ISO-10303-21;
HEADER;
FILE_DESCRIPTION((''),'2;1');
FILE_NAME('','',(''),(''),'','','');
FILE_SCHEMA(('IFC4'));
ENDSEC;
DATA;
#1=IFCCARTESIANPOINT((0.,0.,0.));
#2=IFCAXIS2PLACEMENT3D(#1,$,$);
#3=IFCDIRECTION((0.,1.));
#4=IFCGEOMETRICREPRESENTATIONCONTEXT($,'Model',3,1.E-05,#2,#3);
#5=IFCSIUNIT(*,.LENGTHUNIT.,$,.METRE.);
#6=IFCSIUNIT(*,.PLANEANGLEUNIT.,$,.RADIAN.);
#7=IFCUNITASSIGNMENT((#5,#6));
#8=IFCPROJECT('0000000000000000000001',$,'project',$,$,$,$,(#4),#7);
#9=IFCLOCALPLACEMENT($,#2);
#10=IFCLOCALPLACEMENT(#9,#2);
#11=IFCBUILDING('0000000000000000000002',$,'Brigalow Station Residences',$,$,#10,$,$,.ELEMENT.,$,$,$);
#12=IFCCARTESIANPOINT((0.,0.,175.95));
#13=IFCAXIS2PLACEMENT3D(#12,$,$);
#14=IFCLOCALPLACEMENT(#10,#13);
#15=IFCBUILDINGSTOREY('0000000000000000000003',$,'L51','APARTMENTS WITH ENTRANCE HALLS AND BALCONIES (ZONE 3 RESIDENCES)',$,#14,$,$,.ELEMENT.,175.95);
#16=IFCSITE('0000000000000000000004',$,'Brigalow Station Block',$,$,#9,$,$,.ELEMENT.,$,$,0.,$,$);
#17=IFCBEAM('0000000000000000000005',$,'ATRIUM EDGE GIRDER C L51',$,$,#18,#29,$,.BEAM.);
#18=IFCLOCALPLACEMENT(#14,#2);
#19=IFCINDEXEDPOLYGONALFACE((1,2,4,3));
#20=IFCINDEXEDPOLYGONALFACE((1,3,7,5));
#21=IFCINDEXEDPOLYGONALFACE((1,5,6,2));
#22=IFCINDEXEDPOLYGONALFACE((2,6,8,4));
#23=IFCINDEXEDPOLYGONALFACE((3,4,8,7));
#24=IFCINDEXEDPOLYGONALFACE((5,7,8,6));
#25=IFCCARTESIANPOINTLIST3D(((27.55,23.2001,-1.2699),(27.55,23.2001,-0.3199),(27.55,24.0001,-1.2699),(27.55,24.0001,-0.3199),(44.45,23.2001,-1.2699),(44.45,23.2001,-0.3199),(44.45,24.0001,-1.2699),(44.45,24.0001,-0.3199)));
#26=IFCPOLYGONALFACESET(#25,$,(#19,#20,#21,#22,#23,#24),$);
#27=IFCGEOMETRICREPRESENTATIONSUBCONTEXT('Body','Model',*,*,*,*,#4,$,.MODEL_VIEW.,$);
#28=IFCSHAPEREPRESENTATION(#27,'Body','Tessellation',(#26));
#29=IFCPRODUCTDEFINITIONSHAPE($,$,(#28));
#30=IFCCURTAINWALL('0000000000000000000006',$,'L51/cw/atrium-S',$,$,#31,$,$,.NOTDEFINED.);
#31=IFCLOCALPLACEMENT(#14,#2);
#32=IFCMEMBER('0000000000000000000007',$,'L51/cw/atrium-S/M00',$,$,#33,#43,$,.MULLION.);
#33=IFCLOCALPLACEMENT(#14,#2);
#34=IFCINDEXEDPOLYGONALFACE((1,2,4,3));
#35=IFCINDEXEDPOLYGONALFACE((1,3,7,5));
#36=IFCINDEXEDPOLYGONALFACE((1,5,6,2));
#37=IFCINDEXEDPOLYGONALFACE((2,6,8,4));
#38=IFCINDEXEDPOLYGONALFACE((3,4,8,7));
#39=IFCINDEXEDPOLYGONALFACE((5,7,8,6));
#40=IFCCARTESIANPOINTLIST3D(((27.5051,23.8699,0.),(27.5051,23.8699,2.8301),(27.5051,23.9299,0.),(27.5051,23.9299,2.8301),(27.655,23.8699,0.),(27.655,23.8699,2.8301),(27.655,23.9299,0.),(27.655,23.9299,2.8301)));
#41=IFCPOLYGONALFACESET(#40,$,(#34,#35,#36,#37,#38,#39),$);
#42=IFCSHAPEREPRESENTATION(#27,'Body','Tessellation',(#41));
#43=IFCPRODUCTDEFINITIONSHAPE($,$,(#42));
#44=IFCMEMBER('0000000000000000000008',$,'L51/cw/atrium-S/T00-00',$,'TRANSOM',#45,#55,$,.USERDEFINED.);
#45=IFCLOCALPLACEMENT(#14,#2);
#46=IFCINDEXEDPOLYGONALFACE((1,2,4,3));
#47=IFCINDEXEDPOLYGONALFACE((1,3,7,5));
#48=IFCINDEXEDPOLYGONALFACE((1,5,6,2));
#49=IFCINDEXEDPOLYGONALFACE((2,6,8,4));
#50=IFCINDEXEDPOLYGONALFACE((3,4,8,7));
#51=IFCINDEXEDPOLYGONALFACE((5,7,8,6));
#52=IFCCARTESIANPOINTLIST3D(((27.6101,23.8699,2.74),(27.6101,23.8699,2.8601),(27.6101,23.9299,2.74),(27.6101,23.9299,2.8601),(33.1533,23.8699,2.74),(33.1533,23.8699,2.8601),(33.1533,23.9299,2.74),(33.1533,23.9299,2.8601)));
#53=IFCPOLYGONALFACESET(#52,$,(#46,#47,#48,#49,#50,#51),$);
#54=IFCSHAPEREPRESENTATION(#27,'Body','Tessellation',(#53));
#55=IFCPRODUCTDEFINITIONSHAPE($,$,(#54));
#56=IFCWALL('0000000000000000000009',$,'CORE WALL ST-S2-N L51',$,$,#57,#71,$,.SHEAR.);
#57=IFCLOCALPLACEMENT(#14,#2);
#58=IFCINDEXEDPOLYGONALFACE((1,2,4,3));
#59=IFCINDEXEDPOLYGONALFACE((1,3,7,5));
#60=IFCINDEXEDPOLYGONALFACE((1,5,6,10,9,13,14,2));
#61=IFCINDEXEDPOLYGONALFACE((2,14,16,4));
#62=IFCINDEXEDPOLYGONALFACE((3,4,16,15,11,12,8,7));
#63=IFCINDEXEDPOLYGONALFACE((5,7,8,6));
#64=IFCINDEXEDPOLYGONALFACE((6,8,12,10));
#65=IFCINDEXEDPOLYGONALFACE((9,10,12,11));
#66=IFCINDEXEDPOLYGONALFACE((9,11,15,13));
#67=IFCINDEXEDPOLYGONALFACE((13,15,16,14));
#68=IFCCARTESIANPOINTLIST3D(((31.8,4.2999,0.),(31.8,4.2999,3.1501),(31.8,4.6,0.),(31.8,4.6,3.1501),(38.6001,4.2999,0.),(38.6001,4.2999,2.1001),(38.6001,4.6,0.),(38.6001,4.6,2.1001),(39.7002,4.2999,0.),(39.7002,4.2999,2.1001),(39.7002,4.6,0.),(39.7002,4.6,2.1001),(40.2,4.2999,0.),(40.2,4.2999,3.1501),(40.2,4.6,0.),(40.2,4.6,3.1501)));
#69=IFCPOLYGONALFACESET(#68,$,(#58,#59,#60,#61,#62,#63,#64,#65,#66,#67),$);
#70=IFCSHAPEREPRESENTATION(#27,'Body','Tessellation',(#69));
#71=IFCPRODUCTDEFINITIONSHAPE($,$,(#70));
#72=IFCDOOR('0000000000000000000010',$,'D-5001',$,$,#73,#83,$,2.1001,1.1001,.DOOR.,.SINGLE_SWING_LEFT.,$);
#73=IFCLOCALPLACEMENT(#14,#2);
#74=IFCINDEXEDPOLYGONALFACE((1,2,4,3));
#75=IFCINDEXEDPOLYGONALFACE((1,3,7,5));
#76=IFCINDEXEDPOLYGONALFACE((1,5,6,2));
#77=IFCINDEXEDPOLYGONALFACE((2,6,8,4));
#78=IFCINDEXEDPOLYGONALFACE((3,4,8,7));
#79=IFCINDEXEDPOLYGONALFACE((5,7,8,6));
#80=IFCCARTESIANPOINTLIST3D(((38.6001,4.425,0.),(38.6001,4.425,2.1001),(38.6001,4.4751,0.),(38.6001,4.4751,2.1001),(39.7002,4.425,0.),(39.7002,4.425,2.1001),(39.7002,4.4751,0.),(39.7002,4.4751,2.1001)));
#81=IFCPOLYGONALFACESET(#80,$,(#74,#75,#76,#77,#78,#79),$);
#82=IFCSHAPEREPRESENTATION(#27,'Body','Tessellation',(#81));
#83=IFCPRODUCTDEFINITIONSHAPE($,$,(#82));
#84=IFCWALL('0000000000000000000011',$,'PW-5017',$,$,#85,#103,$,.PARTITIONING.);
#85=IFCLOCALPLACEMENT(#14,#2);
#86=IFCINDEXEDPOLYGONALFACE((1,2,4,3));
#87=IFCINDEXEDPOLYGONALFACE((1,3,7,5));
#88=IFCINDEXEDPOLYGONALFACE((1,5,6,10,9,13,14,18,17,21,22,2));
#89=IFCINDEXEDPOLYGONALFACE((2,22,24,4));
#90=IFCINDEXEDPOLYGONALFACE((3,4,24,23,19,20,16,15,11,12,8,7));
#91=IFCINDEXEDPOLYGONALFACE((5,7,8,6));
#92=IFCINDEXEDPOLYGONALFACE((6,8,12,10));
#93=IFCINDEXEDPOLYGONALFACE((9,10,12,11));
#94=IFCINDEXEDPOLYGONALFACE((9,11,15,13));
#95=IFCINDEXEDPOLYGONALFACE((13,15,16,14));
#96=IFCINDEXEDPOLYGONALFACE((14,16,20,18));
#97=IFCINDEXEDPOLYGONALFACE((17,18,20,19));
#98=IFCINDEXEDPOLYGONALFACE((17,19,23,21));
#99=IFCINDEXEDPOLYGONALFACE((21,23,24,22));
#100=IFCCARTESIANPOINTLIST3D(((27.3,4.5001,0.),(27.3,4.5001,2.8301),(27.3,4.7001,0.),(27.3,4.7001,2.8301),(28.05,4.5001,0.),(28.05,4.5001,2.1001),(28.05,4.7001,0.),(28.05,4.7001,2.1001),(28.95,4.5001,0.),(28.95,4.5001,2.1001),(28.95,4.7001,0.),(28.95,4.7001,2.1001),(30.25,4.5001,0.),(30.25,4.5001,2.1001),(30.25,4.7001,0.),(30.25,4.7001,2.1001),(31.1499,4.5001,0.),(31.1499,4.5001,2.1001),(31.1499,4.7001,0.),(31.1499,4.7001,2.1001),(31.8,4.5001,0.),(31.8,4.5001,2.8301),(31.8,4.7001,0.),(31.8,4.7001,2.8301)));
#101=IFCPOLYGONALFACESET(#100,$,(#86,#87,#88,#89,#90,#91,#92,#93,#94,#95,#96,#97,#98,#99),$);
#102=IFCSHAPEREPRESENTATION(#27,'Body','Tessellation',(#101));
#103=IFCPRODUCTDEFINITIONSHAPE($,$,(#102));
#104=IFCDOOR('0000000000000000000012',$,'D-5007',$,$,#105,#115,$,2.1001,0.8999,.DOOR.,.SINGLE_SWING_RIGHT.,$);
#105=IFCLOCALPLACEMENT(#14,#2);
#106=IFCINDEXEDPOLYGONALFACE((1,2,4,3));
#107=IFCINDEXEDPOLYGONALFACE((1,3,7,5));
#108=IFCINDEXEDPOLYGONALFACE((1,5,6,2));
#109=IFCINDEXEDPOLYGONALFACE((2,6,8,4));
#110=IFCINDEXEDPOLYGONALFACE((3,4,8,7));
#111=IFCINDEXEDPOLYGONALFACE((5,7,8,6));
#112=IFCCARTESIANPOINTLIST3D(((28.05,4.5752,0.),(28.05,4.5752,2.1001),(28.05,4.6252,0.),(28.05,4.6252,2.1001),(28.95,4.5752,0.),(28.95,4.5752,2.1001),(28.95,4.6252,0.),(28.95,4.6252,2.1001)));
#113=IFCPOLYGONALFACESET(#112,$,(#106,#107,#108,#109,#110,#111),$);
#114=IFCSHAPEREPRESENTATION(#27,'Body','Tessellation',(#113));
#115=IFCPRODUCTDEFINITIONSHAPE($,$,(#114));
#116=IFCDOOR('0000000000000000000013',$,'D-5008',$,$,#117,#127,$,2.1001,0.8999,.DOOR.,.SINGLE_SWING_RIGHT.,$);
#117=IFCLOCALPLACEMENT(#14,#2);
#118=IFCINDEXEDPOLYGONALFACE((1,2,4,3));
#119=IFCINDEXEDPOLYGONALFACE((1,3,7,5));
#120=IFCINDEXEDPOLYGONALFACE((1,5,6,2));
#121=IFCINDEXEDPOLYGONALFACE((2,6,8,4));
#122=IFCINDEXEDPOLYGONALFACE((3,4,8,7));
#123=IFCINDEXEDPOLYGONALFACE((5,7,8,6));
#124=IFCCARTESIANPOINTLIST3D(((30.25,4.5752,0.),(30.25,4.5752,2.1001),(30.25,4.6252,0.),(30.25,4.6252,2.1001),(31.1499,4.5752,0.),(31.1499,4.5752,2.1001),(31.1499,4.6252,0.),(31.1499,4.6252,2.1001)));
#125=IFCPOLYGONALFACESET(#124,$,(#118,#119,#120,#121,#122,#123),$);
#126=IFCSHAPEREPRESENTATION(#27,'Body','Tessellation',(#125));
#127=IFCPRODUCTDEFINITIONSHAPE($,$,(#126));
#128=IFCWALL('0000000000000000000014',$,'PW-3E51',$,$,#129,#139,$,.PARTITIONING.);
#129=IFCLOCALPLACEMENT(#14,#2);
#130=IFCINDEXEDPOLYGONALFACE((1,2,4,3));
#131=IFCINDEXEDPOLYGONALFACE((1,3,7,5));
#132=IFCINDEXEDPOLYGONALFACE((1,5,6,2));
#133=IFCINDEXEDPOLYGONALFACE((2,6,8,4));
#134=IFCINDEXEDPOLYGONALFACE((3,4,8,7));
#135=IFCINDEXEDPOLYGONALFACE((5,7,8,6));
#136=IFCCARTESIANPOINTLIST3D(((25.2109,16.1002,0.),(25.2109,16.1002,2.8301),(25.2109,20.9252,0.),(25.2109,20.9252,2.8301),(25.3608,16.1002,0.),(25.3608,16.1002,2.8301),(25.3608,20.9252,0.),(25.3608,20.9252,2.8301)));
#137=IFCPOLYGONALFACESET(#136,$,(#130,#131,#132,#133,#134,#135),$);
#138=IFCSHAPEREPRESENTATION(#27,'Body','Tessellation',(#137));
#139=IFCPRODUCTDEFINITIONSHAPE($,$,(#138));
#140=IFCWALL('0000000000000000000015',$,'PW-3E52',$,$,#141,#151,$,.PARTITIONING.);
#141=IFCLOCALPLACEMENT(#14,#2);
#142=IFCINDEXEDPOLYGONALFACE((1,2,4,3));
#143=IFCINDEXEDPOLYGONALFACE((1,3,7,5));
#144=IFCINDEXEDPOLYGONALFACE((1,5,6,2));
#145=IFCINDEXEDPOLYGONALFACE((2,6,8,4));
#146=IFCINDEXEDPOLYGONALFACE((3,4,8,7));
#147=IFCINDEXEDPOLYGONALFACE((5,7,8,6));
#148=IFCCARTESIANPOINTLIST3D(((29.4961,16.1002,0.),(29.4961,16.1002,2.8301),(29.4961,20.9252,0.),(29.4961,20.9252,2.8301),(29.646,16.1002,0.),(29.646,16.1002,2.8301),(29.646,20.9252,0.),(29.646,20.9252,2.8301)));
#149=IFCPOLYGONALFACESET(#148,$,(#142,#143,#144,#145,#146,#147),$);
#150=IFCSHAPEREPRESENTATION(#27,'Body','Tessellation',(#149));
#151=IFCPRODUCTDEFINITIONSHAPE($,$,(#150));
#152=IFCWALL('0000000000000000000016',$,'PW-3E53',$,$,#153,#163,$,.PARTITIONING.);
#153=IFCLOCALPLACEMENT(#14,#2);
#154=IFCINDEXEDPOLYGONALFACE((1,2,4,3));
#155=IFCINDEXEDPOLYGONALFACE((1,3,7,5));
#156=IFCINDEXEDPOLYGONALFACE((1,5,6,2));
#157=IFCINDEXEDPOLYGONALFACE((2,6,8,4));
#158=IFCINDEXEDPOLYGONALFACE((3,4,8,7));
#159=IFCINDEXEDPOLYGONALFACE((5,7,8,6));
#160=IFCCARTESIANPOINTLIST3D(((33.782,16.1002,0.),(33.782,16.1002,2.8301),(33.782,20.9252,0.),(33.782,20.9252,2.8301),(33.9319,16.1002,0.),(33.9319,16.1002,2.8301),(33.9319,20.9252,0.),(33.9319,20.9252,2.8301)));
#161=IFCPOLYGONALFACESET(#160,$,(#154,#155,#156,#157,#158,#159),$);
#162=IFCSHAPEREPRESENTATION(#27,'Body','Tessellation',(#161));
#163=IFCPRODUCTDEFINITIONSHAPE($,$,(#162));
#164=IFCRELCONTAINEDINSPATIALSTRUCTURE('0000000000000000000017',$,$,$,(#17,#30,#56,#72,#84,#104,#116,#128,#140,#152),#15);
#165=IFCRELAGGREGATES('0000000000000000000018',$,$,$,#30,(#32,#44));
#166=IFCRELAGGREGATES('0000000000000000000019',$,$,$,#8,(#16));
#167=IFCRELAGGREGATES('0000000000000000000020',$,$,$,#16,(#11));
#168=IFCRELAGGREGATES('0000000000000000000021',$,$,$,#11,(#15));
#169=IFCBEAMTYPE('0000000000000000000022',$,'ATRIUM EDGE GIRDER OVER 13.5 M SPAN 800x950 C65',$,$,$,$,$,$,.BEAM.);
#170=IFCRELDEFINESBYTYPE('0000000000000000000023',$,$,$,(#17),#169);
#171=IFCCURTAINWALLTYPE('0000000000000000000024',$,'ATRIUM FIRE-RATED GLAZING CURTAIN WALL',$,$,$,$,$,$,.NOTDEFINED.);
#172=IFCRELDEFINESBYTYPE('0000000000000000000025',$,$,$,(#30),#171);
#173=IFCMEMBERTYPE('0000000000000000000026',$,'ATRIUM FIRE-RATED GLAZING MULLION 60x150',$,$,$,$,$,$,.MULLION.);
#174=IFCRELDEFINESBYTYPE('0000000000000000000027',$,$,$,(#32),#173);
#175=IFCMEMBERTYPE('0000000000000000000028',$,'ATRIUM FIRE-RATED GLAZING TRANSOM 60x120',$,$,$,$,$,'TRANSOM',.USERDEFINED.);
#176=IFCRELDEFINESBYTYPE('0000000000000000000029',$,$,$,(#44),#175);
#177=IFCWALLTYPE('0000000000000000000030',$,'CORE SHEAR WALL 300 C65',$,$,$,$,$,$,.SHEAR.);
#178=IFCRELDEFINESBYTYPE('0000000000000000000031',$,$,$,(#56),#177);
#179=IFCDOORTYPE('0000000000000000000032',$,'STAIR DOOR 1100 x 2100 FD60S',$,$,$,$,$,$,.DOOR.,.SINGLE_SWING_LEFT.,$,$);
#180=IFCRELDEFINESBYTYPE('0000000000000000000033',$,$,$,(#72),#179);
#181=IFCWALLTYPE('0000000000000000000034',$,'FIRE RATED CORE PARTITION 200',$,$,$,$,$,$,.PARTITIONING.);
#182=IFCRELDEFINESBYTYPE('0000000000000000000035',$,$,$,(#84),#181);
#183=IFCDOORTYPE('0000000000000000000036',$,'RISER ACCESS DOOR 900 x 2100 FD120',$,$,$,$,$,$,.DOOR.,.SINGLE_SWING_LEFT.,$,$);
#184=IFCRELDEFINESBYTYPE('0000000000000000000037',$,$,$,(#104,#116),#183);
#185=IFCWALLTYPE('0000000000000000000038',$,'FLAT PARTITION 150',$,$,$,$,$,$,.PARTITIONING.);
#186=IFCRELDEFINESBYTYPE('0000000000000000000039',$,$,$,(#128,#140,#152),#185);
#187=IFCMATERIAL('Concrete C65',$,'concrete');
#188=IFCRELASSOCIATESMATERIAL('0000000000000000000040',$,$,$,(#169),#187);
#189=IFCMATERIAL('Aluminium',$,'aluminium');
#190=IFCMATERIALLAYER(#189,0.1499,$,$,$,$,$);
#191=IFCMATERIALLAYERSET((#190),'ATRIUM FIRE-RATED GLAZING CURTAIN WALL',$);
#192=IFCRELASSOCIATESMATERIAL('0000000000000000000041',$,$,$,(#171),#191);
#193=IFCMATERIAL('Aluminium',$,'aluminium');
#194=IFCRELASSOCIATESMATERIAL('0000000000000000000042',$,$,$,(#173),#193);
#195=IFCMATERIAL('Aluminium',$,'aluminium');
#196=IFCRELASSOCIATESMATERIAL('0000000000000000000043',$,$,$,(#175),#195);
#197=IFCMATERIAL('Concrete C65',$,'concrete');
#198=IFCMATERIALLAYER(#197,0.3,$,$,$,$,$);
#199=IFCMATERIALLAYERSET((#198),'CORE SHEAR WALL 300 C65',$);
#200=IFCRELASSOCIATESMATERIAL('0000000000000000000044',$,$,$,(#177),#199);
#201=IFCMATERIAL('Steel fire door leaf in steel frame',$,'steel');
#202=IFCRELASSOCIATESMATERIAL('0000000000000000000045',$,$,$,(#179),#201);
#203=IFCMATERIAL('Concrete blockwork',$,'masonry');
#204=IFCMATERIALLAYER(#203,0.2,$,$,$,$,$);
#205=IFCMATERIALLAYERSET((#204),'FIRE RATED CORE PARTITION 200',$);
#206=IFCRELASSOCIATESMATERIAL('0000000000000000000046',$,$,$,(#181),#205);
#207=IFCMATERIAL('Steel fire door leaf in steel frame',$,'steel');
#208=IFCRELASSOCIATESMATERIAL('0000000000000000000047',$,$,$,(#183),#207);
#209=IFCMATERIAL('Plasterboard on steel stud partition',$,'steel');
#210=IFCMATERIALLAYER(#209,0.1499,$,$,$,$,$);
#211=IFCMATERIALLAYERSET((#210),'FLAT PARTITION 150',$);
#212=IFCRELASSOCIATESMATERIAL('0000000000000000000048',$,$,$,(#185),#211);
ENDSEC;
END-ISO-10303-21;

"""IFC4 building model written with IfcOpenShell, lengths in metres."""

from ifc_helpers import new_model, si_unit, direction, frame, frame_2d, origin, origin_2d, place, context, subcontext, project, spatial, rectangle, extrude, material, layer, layer_set, material_profile, profile_set, type_object, element, fill, aggregate, save


model = new_model("IFC4")

# Units and contexts
model_context = context("Model", 3, precision=1e-05, world=origin(), true_north=direction((0.0, 1.0)))
body_context = subcontext(model_context, "Body", "Model", "MODEL_VIEW")
ifc_project = project(units=[si_unit("LENGTHUNIT", "METRE"), si_unit("PLANEANGLEUNIT", "RADIAN")], contexts=[model_context])

# Site, building, storey
site_placement = place(None, origin())
site = spatial("IfcSite", under=ifc_project, at=site_placement, Name="Brigalow Station Block", CompositionType="ELEMENT", RefElevation=0.0)
building_placement = place(site_placement, origin())
building = spatial("IfcBuilding", under=site, at=building_placement, Name="Brigalow Station Residences", CompositionType="ELEMENT")
storey_placement = place(building_placement, frame((0.0, 0.0, 175.95)))
storey = spatial("IfcBuildingStorey", under=building, at=storey_placement, Name="L51", Description="APARTMENTS WITH ENTRANCE HALLS AND BALCONIES (ZONE 3 RESIDENCES)", CompositionType="ELEMENT", Elevation=175.95)

# Beam
ifc_material_1 = material(Name="Concrete C65", Category="concrete")
ifc_material_profile_1 = material_profile(ifc_material_1, rectangle(XDim=0.8, YDim=0.95, at=origin_2d()), Name="RC800x950")
ifc_profile_set_1 = profile_set([ifc_material_profile_1], Name="Concrete C65")
beam_type = type_object("IfcBeamType", Name="ATRIUM EDGE GIRDER OVER 13.5 M SPAN 800x950 C65", PredefinedType="BEAM", material=ifc_profile_set_1)
beam_placement = place(storey_placement, frame((27.55, 23.6001, -0.7949), z_axis=(1.0, 0.0, 0.0), x_axis=(0.0, 1.0, 0.0)))
element("IfcBeam", 1, at=beam_placement, inside=storey, type_object=beam_type, Name="ATRIUM EDGE GIRDER C L51", PredefinedType="BEAM", context=body_context, shape_type="SweptSolid", body=[
    extrude(rectangle(XDim=0.8, YDim=0.95, at=origin_2d()), origin(), (0.0, 0.0, 1.0), 16.8999),
])

# Curtain wall, members
ifc_material_2 = material(Name="Aluminium", Category="aluminium")
ifc_layer_1 = layer(ifc_material_2, 0.1499)
ifc_layer_set_1 = layer_set([ifc_layer_1], Name="ATRIUM FIRE-RATED GLAZING CURTAIN WALL")
curtain_wall_type = type_object("IfcCurtainWallType", Name="ATRIUM FIRE-RATED GLAZING CURTAIN WALL", PredefinedType="NOTDEFINED", material=ifc_layer_set_1)
curtain_wall_placement = place(storey_placement, origin())
curtain_wall = element("IfcCurtainWall", 2, at=curtain_wall_placement, inside=storey, type_object=curtain_wall_type, Name="L51/cw/atrium-S", PredefinedType="NOTDEFINED")
ifc_material_3 = material(Name="Aluminium", Category="aluminium")
ifc_material_profile_2 = material_profile(ifc_material_3, rectangle(XDim=0.0601, YDim=0.1499, at=origin_2d()), Name="ATRIUM FIRE-RATED GLAZING MULLION 60x150")
ifc_profile_set_2 = profile_set([ifc_material_profile_2], Name="Aluminium")
member_type_1 = type_object("IfcMemberType", Name="ATRIUM FIRE-RATED GLAZING MULLION 60x150", PredefinedType="MULLION", material=ifc_profile_set_2)
member_1_placement = place(storey_placement, frame((27.5801, 23.8999, 0.0), z_axis=(0.0, 0.0, 1.0), x_axis=(0.0, 1.0, 0.0)))
member_1 = element("IfcMember", 3, at=member_1_placement, type_object=member_type_1, Name="L51/cw/atrium-S/M00", PredefinedType="MULLION", context=body_context, shape_type="SweptSolid", body=[
    extrude(rectangle(XDim=0.0601, YDim=0.1499, at=origin_2d()), origin(), (0.0, 0.0, 1.0), 2.8301),
])
ifc_material_4 = material(Name="Aluminium", Category="aluminium")
ifc_material_profile_3 = material_profile(ifc_material_4, rectangle(XDim=0.0601, YDim=0.1201, at=origin_2d()), Name="ATRIUM FIRE-RATED GLAZING TRANSOM 60x120")
ifc_profile_set_3 = profile_set([ifc_material_profile_3], Name="Aluminium")
member_type_2 = type_object("IfcMemberType", Name="ATRIUM FIRE-RATED GLAZING TRANSOM 60x120", ElementType="TRANSOM", PredefinedType="USERDEFINED", material=ifc_profile_set_3)
member_2_placement = place(storey_placement, frame((27.6101, 23.8999, 2.8), z_axis=(1.0, 0.0, 0.0), x_axis=(0.0, 1.0, 0.0)))
member_2 = element("IfcMember", 4, at=member_2_placement, type_object=member_type_2, Name="L51/cw/atrium-S/T00-00", ObjectType="TRANSOM", PredefinedType="USERDEFINED", context=body_context, shape_type="SweptSolid", body=[
    extrude(rectangle(XDim=0.0601, YDim=0.1201, at=origin_2d()), origin(), (0.0, 0.0, 1.0), 5.5432),
])
aggregate(curtain_wall, [member_1, member_2])

# Wall, opening, door
ifc_material_5 = material(Name="Concrete C65", Category="concrete")
ifc_layer_2 = layer(ifc_material_5, 0.3)
ifc_layer_set_2 = layer_set([ifc_layer_2], Name="CORE SHEAR WALL 300 C65")
wall_type_1 = type_object("IfcWallType", Name="CORE SHEAR WALL 300 C65", PredefinedType="SHEAR", material=ifc_layer_set_2)
wall_1_placement = place(storey_placement, frame((31.8, 4.45, 0.0), z_axis=(0.0, 0.0, 1.0), x_axis=(1.0, 0.0, 0.0)))
wall_1 = element("IfcWall", 5, at=wall_1_placement, inside=storey, type_object=wall_type_1, Name="CORE WALL ST-S2-N L51", PredefinedType="SHEAR", context=body_context, shape_type="SweptSolid", body=[
    extrude(rectangle(XDim=8.3999, YDim=0.3, at=frame_2d((4.2, 0.0))), origin(), (0.0, 0.0, 1.0), 3.1501),
])
opening_1_placement = place(wall_1_placement, frame((6.8, 0.0, 0.0)))
opening_1 = element("IfcOpeningElement", 6, at=opening_1_placement, cuts=wall_1, PredefinedType="OPENING", context=body_context, shape_type="SweptSolid", body=[
    extrude(rectangle(XDim=1.1001, YDim=2.1001, at=frame_2d((0.55, 1.05))), frame((0.0, 0.1602, 0.0), z_axis=(0.0, -1.0, 0.0), x_axis=(1.0, 0.0, 0.0)), (0.0, 0.0, 1.0), 0.3201),
])
ifc_material_6 = material(Name="Steel fire door leaf in steel frame", Category="steel")
door_type_1 = type_object("IfcDoorType", Name="STAIR DOOR 1100 x 2100 FD60S", OperationType="SINGLE_SWING_LEFT", PredefinedType="DOOR", material=ifc_material_6)
door_1_placement = place(opening_1_placement, frame((1.1001, 0.0, 0.0), z_axis=(0.0, 0.0, 1.0), x_axis=(-1.0, 0.0, 0.0)))
door_1 = element("IfcDoor", 7, at=door_1_placement, inside=storey, type_object=door_type_1, Name="D-5001", OperationType="SINGLE_SWING_LEFT", OverallHeight=2.1001, OverallWidth=1.1001, PredefinedType="DOOR", context=body_context, shape_type="SweptSolid", body=[
    extrude(rectangle(XDim=1.1001, YDim=2.1001, at=frame_2d((0.55, 1.05))), frame((0.0, 0.0249, 0.0), z_axis=(0.0, -1.0, 0.0), x_axis=(1.0, 0.0, 0.0)), (0.0, 0.0, 1.0), 0.05),
])
fill(opening_1, door_1)

# Wall, openings, doors
ifc_material_7 = material(Name="Concrete blockwork", Category="masonry")
ifc_layer_3 = layer(ifc_material_7, 0.2)
ifc_layer_set_3 = layer_set([ifc_layer_3], Name="FIRE RATED CORE PARTITION 200")
wall_type_2 = type_object("IfcWallType", Name="FIRE RATED CORE PARTITION 200", PredefinedType="PARTITIONING", material=ifc_layer_set_3)
wall_2_placement = place(storey_placement, frame((27.3, 4.6001, 0.0), z_axis=(0.0, 0.0, 1.0), x_axis=(1.0, 0.0, 0.0)))
wall_2 = element("IfcWall", 8, at=wall_2_placement, inside=storey, type_object=wall_type_2, Name="PW-5017", PredefinedType="PARTITIONING", context=body_context, shape_type="SweptSolid", body=[
    extrude(rectangle(XDim=4.5, YDim=0.2, at=frame_2d((2.25, 0.0))), origin(), (0.0, 0.0, 1.0), 2.8301),
])
opening_2_placement = place(wall_2_placement, frame((0.75, 0.0, 0.0)))
opening_2 = element("IfcOpeningElement", 9, at=opening_2_placement, cuts=wall_2, PredefinedType="OPENING", context=body_context, shape_type="SweptSolid", body=[
    extrude(rectangle(XDim=0.8999, YDim=2.1001, at=frame_2d((0.45, 1.05))), frame((0.0, 0.1099, 0.0), z_axis=(0.0, -1.0, 0.0), x_axis=(1.0, 0.0, 0.0)), (0.0, 0.0, 1.0), 0.22),
])
opening_3_placement = place(wall_2_placement, frame((2.95, 0.0, 0.0)))
opening_3 = element("IfcOpeningElement", 10, at=opening_3_placement, cuts=wall_2, PredefinedType="OPENING", context=body_context, shape_type="SweptSolid", body=[
    extrude(rectangle(XDim=0.8999, YDim=2.1001, at=frame_2d((0.45, 1.05))), frame((0.0, 0.1099, 0.0), z_axis=(0.0, -1.0, 0.0), x_axis=(1.0, 0.0, 0.0)), (0.0, 0.0, 1.0), 0.22),
])
ifc_material_8 = material(Name="Steel fire door leaf in steel frame", Category="steel")
door_type_2 = type_object("IfcDoorType", Name="RISER ACCESS DOOR 900 x 2100 FD120", OperationType="SINGLE_SWING_LEFT", PredefinedType="DOOR", material=ifc_material_8)
door_2_placement = place(opening_2_placement, frame((0.8999, 0.0, 0.0), z_axis=(0.0, 0.0, 1.0), x_axis=(-1.0, 0.0, 0.0)))
door_2 = element("IfcDoor", 11, at=door_2_placement, inside=storey, type_object=door_type_2, Name="D-5007", OperationType="SINGLE_SWING_RIGHT", OverallHeight=2.1001, OverallWidth=0.8999, PredefinedType="DOOR", context=body_context, shape_type="SweptSolid", body=[
    extrude(rectangle(XDim=0.8999, YDim=2.1001, at=frame_2d((0.45, 1.05))), frame((0.0, 0.0249, 0.0), z_axis=(0.0, -1.0, 0.0), x_axis=(1.0, 0.0, 0.0)), (0.0, 0.0, 1.0), 0.05),
])
fill(opening_2, door_2)
door_3_placement = place(opening_3_placement, frame((0.8999, 0.0, 0.0), z_axis=(0.0, 0.0, 1.0), x_axis=(-1.0, 0.0, 0.0)))
door_3 = element("IfcDoor", 12, at=door_3_placement, inside=storey, type_object=door_type_2, Name="D-5008", OperationType="SINGLE_SWING_RIGHT", OverallHeight=2.1001, OverallWidth=0.8999, PredefinedType="DOOR", context=body_context, shape_type="SweptSolid", body=[
    extrude(rectangle(XDim=0.8999, YDim=2.1001, at=frame_2d((0.45, 1.05))), frame((0.0, 0.0249, 0.0), z_axis=(0.0, -1.0, 0.0), x_axis=(1.0, 0.0, 0.0)), (0.0, 0.0, 1.0), 0.05),
])
fill(opening_3, door_3)

# Walls
ifc_material_9 = material(Name="Plasterboard on steel stud partition", Category="steel")
ifc_layer_4 = layer(ifc_material_9, 0.1499)
ifc_layer_set_4 = layer_set([ifc_layer_4], Name="FLAT PARTITION 150")
wall_type_3 = type_object("IfcWallType", Name="FLAT PARTITION 150", PredefinedType="PARTITIONING", material=ifc_layer_set_4)
for number, where, z_axis, x_axis, name in (
    (13, (25.2859, 16.1001, 0.0), (0.0, 0.0, 1.0), (0.0, 1.0, 0.0), "PW-3E51"),
    (14, (29.571, 16.1001, 0.0), (0.0, 0.0, 1.0), (0.0, 1.0, 0.0), "PW-3E52"),
    (15, (33.8569, 16.1001, 0.0), (0.0, 0.0, 1.0), (0.0, 1.0, 0.0), "PW-3E53"),
):
    element("IfcWall", number, at=place(storey_placement, frame(where, z_axis=z_axis, x_axis=x_axis)), inside=storey, type_object=wall_type_3, Name=name, PredefinedType="PARTITIONING", context=body_context, shape_type="SweptSolid", body=[
        extrude(rectangle(XDim=4.825, YDim=0.1499, at=frame_2d((2.4126, 0.0))), origin(), (0.0, 0.0, 1.0), 2.8301),
    ])

save(model, "model.ifc")
